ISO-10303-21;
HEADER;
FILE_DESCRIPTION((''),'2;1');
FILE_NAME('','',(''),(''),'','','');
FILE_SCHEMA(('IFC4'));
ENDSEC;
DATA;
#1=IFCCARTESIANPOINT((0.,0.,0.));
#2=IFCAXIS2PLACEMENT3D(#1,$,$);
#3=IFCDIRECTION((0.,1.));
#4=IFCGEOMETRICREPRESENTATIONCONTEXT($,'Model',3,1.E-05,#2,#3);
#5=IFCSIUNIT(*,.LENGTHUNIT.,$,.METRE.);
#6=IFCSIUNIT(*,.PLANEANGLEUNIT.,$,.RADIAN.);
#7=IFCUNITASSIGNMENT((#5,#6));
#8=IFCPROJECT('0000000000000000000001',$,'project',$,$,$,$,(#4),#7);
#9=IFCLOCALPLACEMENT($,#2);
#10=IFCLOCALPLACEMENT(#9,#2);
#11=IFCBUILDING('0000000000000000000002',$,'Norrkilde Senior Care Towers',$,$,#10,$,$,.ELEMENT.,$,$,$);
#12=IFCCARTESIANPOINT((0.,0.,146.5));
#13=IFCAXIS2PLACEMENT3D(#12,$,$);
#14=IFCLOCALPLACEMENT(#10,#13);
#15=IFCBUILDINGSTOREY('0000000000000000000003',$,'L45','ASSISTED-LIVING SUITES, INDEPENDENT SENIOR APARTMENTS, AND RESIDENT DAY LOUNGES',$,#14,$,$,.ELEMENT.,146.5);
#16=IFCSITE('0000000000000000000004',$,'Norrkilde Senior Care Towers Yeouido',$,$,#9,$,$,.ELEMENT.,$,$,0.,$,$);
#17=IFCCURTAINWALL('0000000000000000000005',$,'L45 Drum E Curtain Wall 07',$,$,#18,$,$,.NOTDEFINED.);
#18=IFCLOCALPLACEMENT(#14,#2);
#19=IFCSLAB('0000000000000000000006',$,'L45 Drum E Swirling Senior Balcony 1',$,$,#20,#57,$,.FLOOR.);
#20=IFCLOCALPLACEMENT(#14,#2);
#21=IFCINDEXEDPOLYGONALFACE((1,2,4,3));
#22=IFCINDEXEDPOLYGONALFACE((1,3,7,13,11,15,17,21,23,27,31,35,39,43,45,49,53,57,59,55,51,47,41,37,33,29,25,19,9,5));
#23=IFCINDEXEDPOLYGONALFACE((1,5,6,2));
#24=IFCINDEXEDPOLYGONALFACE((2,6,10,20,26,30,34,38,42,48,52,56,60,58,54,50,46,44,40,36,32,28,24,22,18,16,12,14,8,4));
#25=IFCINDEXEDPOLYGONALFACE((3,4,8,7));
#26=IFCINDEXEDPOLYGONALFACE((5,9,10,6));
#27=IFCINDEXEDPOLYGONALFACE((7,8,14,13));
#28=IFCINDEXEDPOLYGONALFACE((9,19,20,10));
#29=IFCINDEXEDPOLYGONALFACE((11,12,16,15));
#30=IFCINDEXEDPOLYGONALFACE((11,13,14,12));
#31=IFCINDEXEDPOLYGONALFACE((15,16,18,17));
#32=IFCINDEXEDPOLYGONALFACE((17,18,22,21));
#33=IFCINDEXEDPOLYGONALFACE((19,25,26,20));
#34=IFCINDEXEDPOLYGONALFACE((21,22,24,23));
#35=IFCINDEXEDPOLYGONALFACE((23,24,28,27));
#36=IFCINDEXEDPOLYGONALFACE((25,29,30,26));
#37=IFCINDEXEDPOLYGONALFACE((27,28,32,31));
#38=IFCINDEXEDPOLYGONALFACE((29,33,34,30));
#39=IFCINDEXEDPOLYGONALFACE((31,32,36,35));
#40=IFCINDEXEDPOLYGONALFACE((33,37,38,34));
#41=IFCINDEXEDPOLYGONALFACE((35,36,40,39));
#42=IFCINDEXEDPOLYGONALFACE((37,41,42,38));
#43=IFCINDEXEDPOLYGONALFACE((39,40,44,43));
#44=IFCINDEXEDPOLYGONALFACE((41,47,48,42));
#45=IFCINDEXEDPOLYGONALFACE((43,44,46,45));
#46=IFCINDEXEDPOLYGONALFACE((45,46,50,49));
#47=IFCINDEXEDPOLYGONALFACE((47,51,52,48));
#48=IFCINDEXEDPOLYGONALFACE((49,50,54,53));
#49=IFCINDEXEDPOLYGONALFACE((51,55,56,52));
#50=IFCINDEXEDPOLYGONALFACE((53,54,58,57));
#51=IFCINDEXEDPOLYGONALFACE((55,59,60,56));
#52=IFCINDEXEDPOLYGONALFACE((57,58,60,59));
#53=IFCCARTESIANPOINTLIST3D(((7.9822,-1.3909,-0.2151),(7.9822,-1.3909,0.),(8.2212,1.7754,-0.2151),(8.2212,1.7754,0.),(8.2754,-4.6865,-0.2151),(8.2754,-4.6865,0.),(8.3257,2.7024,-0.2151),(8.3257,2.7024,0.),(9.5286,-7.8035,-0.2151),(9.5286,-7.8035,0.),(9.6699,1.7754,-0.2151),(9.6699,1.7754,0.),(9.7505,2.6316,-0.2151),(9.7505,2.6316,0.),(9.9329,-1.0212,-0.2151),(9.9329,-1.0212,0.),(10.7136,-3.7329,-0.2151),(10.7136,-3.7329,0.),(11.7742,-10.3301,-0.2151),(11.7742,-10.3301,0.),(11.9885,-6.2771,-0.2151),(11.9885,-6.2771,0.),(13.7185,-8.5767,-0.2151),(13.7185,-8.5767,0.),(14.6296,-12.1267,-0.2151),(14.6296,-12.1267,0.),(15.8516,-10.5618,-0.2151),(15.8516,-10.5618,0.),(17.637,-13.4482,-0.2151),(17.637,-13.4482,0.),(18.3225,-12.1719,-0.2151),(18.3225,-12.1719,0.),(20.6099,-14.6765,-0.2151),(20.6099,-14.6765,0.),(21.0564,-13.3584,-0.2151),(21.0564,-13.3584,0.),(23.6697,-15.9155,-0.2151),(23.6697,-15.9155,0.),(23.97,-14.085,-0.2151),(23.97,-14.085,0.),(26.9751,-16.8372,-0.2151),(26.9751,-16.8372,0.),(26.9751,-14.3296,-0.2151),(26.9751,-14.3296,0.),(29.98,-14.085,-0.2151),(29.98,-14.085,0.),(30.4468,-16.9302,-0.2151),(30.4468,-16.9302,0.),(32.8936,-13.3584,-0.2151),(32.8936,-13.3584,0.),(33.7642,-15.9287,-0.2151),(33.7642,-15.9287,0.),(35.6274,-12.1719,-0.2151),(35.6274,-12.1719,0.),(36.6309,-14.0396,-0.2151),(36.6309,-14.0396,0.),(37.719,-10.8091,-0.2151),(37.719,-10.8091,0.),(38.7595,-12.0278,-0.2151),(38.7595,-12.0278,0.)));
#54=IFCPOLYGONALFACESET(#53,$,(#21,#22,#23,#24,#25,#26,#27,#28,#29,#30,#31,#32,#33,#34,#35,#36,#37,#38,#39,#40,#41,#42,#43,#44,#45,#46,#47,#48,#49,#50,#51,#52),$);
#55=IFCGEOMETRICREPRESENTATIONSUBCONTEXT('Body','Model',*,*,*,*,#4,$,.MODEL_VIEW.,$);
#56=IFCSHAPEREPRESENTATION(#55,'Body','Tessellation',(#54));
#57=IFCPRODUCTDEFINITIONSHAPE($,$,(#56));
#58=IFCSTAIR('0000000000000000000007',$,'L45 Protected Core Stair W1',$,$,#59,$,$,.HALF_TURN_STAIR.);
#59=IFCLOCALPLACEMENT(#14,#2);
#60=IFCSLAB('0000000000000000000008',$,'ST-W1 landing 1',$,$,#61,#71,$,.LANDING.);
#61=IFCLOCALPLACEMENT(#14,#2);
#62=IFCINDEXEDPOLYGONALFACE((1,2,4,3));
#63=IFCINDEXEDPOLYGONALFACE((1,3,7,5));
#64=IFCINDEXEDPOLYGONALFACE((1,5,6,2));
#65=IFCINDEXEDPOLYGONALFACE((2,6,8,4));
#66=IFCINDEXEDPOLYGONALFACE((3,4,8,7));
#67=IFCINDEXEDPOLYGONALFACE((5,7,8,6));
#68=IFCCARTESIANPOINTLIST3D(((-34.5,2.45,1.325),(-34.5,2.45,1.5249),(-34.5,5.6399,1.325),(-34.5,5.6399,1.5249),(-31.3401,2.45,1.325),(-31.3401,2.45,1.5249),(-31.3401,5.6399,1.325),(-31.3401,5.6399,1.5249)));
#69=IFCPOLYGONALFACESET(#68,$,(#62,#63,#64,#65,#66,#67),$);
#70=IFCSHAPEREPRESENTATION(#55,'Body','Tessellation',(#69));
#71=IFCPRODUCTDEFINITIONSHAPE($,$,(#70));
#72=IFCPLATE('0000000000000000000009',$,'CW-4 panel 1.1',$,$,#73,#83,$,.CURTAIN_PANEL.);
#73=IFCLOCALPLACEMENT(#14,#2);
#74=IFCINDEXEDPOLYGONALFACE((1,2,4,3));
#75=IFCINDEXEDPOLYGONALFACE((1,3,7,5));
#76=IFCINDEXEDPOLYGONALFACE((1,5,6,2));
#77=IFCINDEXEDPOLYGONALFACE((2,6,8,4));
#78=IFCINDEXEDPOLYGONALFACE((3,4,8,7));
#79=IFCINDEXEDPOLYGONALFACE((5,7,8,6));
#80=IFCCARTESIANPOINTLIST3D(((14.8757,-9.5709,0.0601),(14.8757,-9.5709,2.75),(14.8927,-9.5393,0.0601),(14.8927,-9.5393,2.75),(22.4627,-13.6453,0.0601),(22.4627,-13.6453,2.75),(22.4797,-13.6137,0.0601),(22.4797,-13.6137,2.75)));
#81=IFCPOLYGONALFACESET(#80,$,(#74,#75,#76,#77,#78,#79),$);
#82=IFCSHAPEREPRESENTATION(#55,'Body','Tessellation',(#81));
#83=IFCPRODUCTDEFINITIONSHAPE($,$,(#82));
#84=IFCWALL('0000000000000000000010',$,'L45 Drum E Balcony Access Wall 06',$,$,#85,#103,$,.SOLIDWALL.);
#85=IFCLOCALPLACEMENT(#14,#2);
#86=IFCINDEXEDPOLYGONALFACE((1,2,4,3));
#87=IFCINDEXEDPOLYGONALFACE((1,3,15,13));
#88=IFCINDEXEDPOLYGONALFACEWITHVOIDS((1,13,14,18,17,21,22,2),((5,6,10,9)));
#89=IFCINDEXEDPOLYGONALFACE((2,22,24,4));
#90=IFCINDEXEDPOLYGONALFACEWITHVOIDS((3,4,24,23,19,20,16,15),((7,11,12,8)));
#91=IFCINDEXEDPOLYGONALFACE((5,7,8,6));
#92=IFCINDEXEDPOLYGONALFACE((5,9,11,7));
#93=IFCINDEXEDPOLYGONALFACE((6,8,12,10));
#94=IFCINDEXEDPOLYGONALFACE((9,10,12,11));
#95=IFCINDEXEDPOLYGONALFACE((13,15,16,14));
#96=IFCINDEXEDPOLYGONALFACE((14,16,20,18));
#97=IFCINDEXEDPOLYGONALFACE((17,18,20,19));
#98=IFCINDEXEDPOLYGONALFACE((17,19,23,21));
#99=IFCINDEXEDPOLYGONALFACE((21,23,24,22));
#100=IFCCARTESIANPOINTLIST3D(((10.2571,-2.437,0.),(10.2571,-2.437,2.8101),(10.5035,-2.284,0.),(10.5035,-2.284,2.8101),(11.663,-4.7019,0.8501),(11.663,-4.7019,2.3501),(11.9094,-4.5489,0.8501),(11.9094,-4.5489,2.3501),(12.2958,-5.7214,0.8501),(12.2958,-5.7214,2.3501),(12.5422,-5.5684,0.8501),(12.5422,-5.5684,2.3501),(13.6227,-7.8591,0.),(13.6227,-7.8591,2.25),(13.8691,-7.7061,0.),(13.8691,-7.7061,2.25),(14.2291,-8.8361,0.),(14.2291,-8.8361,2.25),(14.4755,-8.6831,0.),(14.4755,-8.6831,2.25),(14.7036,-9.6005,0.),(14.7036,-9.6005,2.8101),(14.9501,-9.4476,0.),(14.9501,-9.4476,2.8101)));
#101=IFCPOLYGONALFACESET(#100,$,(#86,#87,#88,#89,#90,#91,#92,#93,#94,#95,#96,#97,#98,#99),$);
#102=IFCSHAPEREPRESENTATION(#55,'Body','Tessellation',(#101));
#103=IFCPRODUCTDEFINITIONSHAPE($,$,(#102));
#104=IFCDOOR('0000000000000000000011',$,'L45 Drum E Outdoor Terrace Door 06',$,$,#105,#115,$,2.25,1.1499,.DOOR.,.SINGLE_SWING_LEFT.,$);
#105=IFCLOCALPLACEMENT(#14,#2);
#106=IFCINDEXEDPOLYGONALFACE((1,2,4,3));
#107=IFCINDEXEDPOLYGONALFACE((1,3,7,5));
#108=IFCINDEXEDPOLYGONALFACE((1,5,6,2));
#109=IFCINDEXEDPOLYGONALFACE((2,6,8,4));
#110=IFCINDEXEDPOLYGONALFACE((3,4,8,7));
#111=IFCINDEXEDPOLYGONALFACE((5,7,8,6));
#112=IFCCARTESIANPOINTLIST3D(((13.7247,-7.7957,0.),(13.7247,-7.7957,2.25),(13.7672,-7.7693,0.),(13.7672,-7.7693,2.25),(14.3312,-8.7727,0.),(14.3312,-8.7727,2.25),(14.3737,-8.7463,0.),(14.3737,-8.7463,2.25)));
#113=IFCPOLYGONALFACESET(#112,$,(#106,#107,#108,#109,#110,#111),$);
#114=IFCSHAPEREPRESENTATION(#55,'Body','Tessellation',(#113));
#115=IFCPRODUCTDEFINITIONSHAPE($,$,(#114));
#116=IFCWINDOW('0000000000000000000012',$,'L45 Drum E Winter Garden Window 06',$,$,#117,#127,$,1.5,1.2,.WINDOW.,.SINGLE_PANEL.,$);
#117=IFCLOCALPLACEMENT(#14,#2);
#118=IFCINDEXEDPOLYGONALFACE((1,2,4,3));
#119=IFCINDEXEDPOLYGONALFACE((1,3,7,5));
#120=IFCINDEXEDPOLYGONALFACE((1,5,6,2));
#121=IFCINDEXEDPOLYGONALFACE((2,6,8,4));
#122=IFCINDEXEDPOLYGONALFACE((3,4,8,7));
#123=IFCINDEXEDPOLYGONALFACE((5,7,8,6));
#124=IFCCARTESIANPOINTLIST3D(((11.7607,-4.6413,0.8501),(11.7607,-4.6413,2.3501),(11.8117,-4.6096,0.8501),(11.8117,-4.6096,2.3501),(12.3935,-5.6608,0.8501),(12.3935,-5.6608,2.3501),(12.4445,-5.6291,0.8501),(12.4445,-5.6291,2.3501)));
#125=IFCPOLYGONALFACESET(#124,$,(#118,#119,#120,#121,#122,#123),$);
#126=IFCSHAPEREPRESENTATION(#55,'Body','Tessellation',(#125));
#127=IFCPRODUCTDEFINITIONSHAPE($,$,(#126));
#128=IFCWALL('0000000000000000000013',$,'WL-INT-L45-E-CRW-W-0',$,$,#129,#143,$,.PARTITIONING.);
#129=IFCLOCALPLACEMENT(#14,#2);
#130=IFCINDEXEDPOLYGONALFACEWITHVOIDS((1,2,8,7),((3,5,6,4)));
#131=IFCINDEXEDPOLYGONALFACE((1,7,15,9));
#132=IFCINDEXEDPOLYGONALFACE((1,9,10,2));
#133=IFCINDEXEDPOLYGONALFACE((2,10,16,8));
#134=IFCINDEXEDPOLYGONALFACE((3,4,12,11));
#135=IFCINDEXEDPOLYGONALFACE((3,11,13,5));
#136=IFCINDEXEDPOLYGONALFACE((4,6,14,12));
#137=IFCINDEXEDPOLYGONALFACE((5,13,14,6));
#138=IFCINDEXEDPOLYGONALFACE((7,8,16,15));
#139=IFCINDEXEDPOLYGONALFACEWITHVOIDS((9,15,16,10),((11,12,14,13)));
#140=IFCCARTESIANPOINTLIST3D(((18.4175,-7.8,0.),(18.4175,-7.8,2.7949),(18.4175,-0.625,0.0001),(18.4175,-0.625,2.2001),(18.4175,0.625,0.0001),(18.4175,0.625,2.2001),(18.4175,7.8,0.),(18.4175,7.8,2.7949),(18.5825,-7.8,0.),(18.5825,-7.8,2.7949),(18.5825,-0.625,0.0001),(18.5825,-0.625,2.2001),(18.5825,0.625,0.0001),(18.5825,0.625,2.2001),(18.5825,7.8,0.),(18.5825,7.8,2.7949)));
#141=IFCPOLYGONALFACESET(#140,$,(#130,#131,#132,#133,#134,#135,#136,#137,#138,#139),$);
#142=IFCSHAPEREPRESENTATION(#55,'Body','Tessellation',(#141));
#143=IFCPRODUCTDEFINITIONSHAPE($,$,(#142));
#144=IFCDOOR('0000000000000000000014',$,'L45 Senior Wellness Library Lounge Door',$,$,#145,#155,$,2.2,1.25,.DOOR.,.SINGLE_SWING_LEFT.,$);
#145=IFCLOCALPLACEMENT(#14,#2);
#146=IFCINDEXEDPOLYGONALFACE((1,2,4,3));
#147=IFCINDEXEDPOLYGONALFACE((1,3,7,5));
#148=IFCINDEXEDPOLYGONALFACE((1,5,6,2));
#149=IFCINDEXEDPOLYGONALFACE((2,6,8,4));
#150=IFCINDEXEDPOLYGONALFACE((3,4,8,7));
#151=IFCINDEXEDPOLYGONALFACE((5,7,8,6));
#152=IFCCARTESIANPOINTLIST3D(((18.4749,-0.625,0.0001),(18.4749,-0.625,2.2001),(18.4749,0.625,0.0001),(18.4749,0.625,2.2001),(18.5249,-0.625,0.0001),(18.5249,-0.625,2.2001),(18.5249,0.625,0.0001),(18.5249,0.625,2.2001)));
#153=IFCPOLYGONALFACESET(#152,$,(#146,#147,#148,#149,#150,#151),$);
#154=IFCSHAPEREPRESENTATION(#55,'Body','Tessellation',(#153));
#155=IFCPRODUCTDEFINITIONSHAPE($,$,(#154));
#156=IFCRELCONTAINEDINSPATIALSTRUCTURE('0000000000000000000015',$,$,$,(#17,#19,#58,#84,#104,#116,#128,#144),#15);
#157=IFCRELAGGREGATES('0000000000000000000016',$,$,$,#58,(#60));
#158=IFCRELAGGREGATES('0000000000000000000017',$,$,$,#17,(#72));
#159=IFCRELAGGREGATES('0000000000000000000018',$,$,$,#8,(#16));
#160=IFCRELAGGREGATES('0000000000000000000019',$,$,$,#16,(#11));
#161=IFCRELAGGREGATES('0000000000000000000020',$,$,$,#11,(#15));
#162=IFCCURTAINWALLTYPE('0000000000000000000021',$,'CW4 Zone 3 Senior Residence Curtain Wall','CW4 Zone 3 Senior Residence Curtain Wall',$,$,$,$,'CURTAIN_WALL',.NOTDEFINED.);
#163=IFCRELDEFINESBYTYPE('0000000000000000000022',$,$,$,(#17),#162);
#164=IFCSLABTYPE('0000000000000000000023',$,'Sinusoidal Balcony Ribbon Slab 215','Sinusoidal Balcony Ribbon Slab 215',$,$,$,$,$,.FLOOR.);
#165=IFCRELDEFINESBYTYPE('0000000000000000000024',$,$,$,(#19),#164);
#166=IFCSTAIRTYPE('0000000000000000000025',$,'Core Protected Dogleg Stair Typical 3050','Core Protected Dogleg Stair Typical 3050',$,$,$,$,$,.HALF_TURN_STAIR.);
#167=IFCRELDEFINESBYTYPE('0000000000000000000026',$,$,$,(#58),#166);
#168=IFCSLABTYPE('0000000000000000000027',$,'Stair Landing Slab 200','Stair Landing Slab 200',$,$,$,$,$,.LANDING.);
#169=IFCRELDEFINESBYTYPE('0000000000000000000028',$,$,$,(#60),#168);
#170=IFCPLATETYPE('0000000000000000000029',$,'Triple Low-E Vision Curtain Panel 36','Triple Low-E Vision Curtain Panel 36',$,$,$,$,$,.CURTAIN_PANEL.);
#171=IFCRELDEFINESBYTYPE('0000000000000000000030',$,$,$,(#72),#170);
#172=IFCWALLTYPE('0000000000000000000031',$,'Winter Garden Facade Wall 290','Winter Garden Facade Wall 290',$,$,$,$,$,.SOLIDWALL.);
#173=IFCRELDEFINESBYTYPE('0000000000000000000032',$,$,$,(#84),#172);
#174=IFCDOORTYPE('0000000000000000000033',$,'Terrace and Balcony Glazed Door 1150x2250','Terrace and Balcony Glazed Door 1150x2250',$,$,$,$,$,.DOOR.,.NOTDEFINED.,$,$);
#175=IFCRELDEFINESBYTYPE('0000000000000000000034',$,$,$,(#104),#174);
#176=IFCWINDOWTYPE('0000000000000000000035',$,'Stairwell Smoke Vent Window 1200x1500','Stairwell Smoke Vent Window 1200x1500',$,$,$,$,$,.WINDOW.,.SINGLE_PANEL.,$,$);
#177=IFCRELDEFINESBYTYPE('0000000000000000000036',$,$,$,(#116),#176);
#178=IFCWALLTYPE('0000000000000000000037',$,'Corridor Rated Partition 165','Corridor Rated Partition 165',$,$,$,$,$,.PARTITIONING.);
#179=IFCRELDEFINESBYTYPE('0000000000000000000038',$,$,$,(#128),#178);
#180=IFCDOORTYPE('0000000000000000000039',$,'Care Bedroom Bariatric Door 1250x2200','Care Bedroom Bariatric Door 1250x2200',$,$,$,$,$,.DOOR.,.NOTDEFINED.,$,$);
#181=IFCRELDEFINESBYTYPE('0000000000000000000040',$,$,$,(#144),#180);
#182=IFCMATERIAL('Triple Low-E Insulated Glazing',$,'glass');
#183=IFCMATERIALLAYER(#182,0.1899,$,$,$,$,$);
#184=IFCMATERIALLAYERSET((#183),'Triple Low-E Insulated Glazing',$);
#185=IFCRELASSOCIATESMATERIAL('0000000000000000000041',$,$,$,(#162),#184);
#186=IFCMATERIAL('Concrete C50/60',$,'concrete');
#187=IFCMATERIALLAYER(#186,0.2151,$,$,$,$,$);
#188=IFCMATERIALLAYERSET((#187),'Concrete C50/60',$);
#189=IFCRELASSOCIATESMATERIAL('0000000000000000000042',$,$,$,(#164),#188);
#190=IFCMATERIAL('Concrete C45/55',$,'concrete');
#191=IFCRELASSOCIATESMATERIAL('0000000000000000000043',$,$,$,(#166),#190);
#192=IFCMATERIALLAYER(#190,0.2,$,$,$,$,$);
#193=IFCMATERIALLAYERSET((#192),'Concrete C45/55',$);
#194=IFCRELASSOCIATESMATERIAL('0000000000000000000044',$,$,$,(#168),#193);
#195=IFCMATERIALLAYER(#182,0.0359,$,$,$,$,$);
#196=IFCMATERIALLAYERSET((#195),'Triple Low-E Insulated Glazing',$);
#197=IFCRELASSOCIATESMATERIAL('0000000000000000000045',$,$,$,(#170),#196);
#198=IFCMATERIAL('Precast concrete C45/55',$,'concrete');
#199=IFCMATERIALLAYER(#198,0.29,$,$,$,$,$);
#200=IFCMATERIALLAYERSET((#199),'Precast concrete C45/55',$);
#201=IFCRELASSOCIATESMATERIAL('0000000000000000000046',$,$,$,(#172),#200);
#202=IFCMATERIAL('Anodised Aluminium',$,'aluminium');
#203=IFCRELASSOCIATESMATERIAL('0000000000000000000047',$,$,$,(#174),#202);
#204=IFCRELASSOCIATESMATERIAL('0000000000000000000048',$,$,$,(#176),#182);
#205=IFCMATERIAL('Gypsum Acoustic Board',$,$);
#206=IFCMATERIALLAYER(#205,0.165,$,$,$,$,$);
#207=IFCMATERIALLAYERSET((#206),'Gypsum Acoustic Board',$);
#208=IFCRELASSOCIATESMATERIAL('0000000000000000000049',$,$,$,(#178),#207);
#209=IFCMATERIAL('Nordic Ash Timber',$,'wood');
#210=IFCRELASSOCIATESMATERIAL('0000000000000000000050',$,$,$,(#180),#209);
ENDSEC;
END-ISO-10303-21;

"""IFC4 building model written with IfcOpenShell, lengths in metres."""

from ifc_helpers import new_model, si_unit, direction, frame, frame_2d, origin, origin_2d, place, context, subcontext, project, spatial, polyline, rectangle, outline, extrude, source, transform, mapped, material, layer, layer_set, type_object, type_shapes, element, fill, aggregate, save


model = new_model("IFC4")

# Units and contexts
model_context = context("Model", 3, precision=1e-05, world=origin(), true_north=direction((0.0, 1.0)))
body_context = subcontext(model_context, "Body", "Model", "MODEL_VIEW")
ifc_project = project(units=[si_unit("LENGTHUNIT", "METRE"), si_unit("PLANEANGLEUNIT", "RADIAN")], contexts=[model_context])

# Site, building, storey
site_placement = place(None, origin())
site = spatial("IfcSite", under=ifc_project, at=site_placement, Name="Norrkilde Senior Care Towers Yeouido", CompositionType="ELEMENT", RefElevation=0.0)
building_placement = place(site_placement, origin())
building = spatial("IfcBuilding", under=site, at=building_placement, Name="Norrkilde Senior Care Towers", CompositionType="ELEMENT")
storey_placement = place(building_placement, frame((0.0, 0.0, 146.5)))
storey = spatial("IfcBuildingStorey", under=building, at=storey_placement, Name="L45", Description="ASSISTED-LIVING SUITES, INDEPENDENT SENIOR APARTMENTS, AND RESIDENT DAY LOUNGES", CompositionType="ELEMENT", Elevation=146.5)

# Shared definitions
ifc_material_1 = material(Name="Concrete C50/60", Category="concrete")

# Curtain wall
ifc_material_2 = material(Name="Triple Low-E Insulated Glazing", Category="glass")
ifc_layer_1 = layer(ifc_material_2, 0.1899)
ifc_layer_set_1 = layer_set([ifc_layer_1], Name="Triple Low-E Insulated Glazing")
curtain_wall_type = type_object("IfcCurtainWallType", Name="CW4 Zone 3 Senior Residence Curtain Wall", Description="CW4 Zone 3 Senior Residence Curtain Wall", ElementType="CURTAIN_WALL", PredefinedType="NOTDEFINED", material=ifc_layer_set_1)
ifc_material_3 = material(Name="Anodised Aluminium", Category="aluminium")
curtain_wall_1_placement = place(storey_placement, origin())
curtain_wall_1 = element("IfcCurtainWall", 1, at=curtain_wall_1_placement, inside=storey, type_object=curtain_wall_type, Name="L45 Drum E Curtain Wall 07", PredefinedType="NOTDEFINED")

# Slab
ifc_layer_2 = layer(ifc_material_1, 0.2151)
ifc_layer_set_2 = layer_set([ifc_layer_2], Name="Concrete C50/60")
slab_type_1 = type_object("IfcSlabType", Name="Sinusoidal Balcony Ribbon Slab 215", Description="Sinusoidal Balcony Ribbon Slab 215", PredefinedType="FLOOR", material=ifc_layer_set_2)
slab_1_placement = place(storey_placement, frame((0.0, 0.0, -0.2151)))
element("IfcSlab", 2, at=slab_1_placement, inside=storey, type_object=slab_type_1, Name="L45 Drum E Swirling Senior Balcony 1", PredefinedType="FLOOR", context=body_context, shape_type="SweptSolid", body=[
    extrude(outline(polyline([(33.7642, -15.9287), (30.4468, -16.9302), (26.9751, -16.8372), (23.6697, -15.9155), (20.6099, -14.6765), (17.637, -13.4482), (14.6296, -12.1267), (11.7742, -10.3301), (9.5286, -7.8035), (8.2754, -4.6865), (7.9822, -1.3909), (8.2212, 1.7754), (8.3257, 2.7024), (9.7505, 2.6316), (9.6699, 1.7754), (9.9329, -1.0212), (10.7136, -3.7329), (11.9885, -6.2771), (13.7185, -8.5767), (15.8516, -10.5618), (18.3225, -12.1719), (21.0564, -13.3584), (23.97, -14.085), (26.9751, -14.3296), (29.98, -14.085), (32.8936, -13.3584), (35.6274, -12.1719), (37.719, -10.8091), (38.7595, -12.0278), (36.6309, -14.0396), (33.7642, -15.9287)])), origin(), (0.0, 0.0, 1.0), 0.2151),
])

# Stair, slab
ifc_material_4 = material(Name="Concrete C45/55", Category="concrete")
stair_type = type_object("IfcStairType", Name="Core Protected Dogleg Stair Typical 3050", Description="Core Protected Dogleg Stair Typical 3050", PredefinedType="HALF_TURN_STAIR", material=ifc_material_4)
stair_placement = place(storey_placement, origin())
stair = element("IfcStair", 3, at=stair_placement, inside=storey, type_object=stair_type, Name="L45 Protected Core Stair W1", PredefinedType="HALF_TURN_STAIR")
ifc_layer_3 = layer(ifc_material_4, 0.2)
ifc_layer_set_3 = layer_set([ifc_layer_3], Name="Concrete C45/55")
slab_type_2 = type_object("IfcSlabType", Name="Stair Landing Slab 200", Description="Stair Landing Slab 200", PredefinedType="LANDING", material=ifc_layer_set_3)
slab_2_placement = place(storey_placement, frame((0.0, 0.0, 1.325)))
slab_2 = element("IfcSlab", 4, at=slab_2_placement, type_object=slab_type_2, Name="ST-W1 landing 1", PredefinedType="LANDING", context=body_context, shape_type="SweptSolid", body=[
    extrude(outline(polyline([(-31.3401, 5.6399), (-34.5, 5.6399), (-34.5, 2.45), (-31.3401, 2.45), (-31.3401, 5.6399)])), origin(), (0.0, 0.0, 1.0), 0.2),
])
aggregate(stair, [slab_2])

# Plate
ifc_layer_4 = layer(ifc_material_2, 0.0359)
ifc_layer_set_4 = layer_set([ifc_layer_4], Name="Triple Low-E Insulated Glazing")
plate_type = type_object("IfcPlateType", Name="Triple Low-E Vision Curtain Panel 36", Description="Triple Low-E Vision Curtain Panel 36", PredefinedType="CURTAIN_PANEL", material=ifc_layer_set_4)
shared_shape_1 = source(origin(), body_context, "Body", "SweptSolid", [
    extrude(rectangle(XDim=8.6118, YDim=0.0359, at=origin_2d()), origin(), (0.0, 0.0, 1.0), 2.6899),
])
type_shapes(plate_type, [shared_shape_1])
plate_placement = place(storey_placement, frame((18.6777, -11.5923, 0.0601), z_axis=(0.0, 0.0, 1.0), x_axis=(-0.881, 0.473117, 0.0)))
plate = element("IfcPlate", 5, at=plate_placement, type_object=plate_type, Name="CW-4 panel 1.1", PredefinedType="CURTAIN_PANEL", context=body_context, shape_type="MappedRepresentation", body=[
    mapped(shared_shape_1, transform((0.0, 0.0, 0.0), x_axis=(1.0, 0.0, 0.0), y_axis=(0.0, 1.0, 0.0), z_axis=(0.0, 0.0, 1.0), scale=1.0)),
])
aggregate(curtain_wall_1, [plate])

# Wall, openings, door, window
ifc_material_5 = material(Name="Precast concrete C45/55", Category="concrete")
ifc_layer_5 = layer(ifc_material_5, 0.29)
ifc_layer_set_5 = layer_set([ifc_layer_5], Name="Precast concrete C45/55")
wall_type_1 = type_object("IfcWallType", Name="Winter Garden Facade Wall 290", Description="Winter Garden Facade Wall 290", PredefinedType="SOLIDWALL", material=ifc_layer_set_5)
shared_shape_2 = source(origin(), body_context, "Body", "SweptSolid", [
    extrude(rectangle(XDim=8.4314, YDim=0.29, at=frame_2d((4.2158, 0.0))), origin(), (0.0, 0.0, 1.0), 2.8101),
])
type_shapes(wall_type_1, [shared_shape_2])
wall_1_placement = place(storey_placement, frame((14.8269, -9.5242, 0.0), z_axis=(0.0, 0.0, 1.0), x_axis=(-0.527378, 0.849631, 0.0)))
wall_1 = element("IfcWall", 6, at=wall_1_placement, inside=storey, type_object=wall_type_1, Name="L45 Drum E Balcony Access Wall 06", PredefinedType="SOLIDWALL", context=body_context, shape_type="MappedRepresentation", body=[
    mapped(shared_shape_2, transform((0.0, 0.0, 0.0), x_axis=(1.0, 0.0, 0.0), y_axis=(0.0, 1.0, 0.0), z_axis=(0.0, 0.0, 1.0), scale=1.0)),
])
opening_1_placement = place(wall_1_placement, frame((0.8999, 0.0, 0.0)))
opening_1 = element("IfcOpeningElement", 7, at=opening_1_placement, cuts=wall_1, PredefinedType="OPENING", context=body_context, shape_type="SweptSolid", body=[
    extrude(rectangle(XDim=1.1499, YDim=2.25, at=frame_2d((0.575, 1.125))), frame((0.0, 0.155, 0.0), z_axis=(0.0, -1.0, 0.0), x_axis=(1.0, 0.0, 0.0)), (0.0, 0.0, 1.0), 0.3101),
])
opening_2_placement = place(wall_1_placement, frame((4.5657, 0.0, 0.8501)))
opening_2 = element("IfcOpeningElement", 8, at=opening_2_placement, cuts=wall_1, PredefinedType="OPENING", context=body_context, shape_type="SweptSolid", body=[
    extrude(rectangle(XDim=1.2, YDim=1.5, at=frame_2d((0.6001, 0.75))), frame((0.0, 0.155, 0.0), z_axis=(0.0, -1.0, 0.0), x_axis=(1.0, 0.0, 0.0)), (0.0, 0.0, 1.0), 0.3101),
])
door_type_1 = type_object("IfcDoorType", Name="Terrace and Balcony Glazed Door 1150x2250", Description="Terrace and Balcony Glazed Door 1150x2250", OperationType="NOTDEFINED", PredefinedType="DOOR", material=ifc_material_3)
shared_shape_3 = source(origin(), body_context, "Body", "SweptSolid", [
    extrude(rectangle(XDim=1.1499, YDim=2.25, at=frame_2d((0.575, 1.125))), frame((0.0, 0.0249, 0.0), z_axis=(0.0, -1.0, 0.0), x_axis=(1.0, 0.0, 0.0)), (0.0, 0.0, 1.0), 0.05),
])
type_shapes(door_type_1, [shared_shape_3])
door_1_placement = place(opening_1_placement, origin())
door_1 = element("IfcDoor", 9, at=door_1_placement, inside=storey, type_object=door_type_1, Name="L45 Drum E Outdoor Terrace Door 06", OperationType="SINGLE_SWING_LEFT", OverallHeight=2.25, OverallWidth=1.1499, PredefinedType="DOOR", context=body_context, shape_type="MappedRepresentation", body=[
    mapped(shared_shape_3, transform((0.0, 0.0, 0.0), x_axis=(1.0, 0.0, 0.0), y_axis=(0.0, 1.0, 0.0), z_axis=(0.0, 0.0, 1.0), scale=1.0)),
])
fill(opening_1, door_1)
window_type = type_object("IfcWindowType", Name="Stairwell Smoke Vent Window 1200x1500", Description="Stairwell Smoke Vent Window 1200x1500", PartitioningType="SINGLE_PANEL", PredefinedType="WINDOW", material=ifc_material_2)
shared_shape_4 = source(origin(), body_context, "Body", "SweptSolid", [
    extrude(rectangle(XDim=1.2, YDim=1.5, at=frame_2d((0.6001, 0.75))), frame((0.0, 0.03, 0.0), z_axis=(0.0, -1.0, 0.0), x_axis=(1.0, 0.0, 0.0)), (0.0, 0.0, 1.0), 0.0601),
])
type_shapes(window_type, [shared_shape_4])
window_placement = place(opening_2_placement, origin())
window = element("IfcWindow", 10, at=window_placement, inside=storey, type_object=window_type, Name="L45 Drum E Winter Garden Window 06", OverallHeight=1.5, OverallWidth=1.2, PartitioningType="SINGLE_PANEL", PredefinedType="WINDOW", context=body_context, shape_type="MappedRepresentation", body=[
    mapped(shared_shape_4, transform((0.0, 0.0, 0.0), x_axis=(1.0, 0.0, 0.0), y_axis=(0.0, 1.0, 0.0), z_axis=(0.0, 0.0, 1.0), scale=1.0)),
])
fill(opening_2, window)

# Wall, opening, door
ifc_material_6 = material(Name="Gypsum Acoustic Board")
ifc_layer_6 = layer(ifc_material_6, 0.165)
ifc_layer_set_6 = layer_set([ifc_layer_6], Name="Gypsum Acoustic Board")
wall_type_2 = type_object("IfcWallType", Name="Corridor Rated Partition 165", Description="Corridor Rated Partition 165", PredefinedType="PARTITIONING", material=ifc_layer_set_6)
shared_shape_5 = source(origin(), body_context, "Body", "SweptSolid", [
    extrude(rectangle(XDim=15.6001, YDim=0.165, at=frame_2d((7.8, 0.0))), origin(), (0.0, 0.0, 1.0), 2.7949),
])
type_shapes(wall_type_2, [shared_shape_5])
wall_2_placement = place(storey_placement, frame((18.5, -7.8, 0.0), z_axis=(0.0, 0.0, 1.0), x_axis=(0.0, 1.0, 0.0)))
wall_2 = element("IfcWall", 11, at=wall_2_placement, inside=storey, type_object=wall_type_2, Name="WL-INT-L45-E-CRW-W-0", PredefinedType="PARTITIONING", context=body_context, shape_type="MappedRepresentation", body=[
    mapped(shared_shape_5, transform((0.0, 0.0, 0.0), x_axis=(1.0, 0.0, 0.0), y_axis=(0.0, 1.0, 0.0), z_axis=(0.0, 0.0, 1.0), scale=1.0)),
])
opening_3_placement = place(wall_2_placement, frame((7.175, 0.0, 0.0)))
opening_3 = element("IfcOpeningElement", 12, at=opening_3_placement, cuts=wall_2, PredefinedType="OPENING", context=body_context, shape_type="SweptSolid", body=[
    extrude(rectangle(XDim=1.25, YDim=2.2, at=frame_2d((0.625, 1.1001))), frame((0.0, 0.0925, 0.0), z_axis=(0.0, -1.0, 0.0), x_axis=(1.0, 0.0, 0.0)), (0.0, 0.0, 1.0), 0.1851),
])
ifc_material_7 = material(Name="Nordic Ash Timber", Category="wood")
door_type_2 = type_object("IfcDoorType", Name="Care Bedroom Bariatric Door 1250x2200", Description="Care Bedroom Bariatric Door 1250x2200", OperationType="NOTDEFINED", PredefinedType="DOOR", material=ifc_material_7)
shared_shape_6 = source(origin(), body_context, "Body", "SweptSolid", [
    extrude(rectangle(XDim=1.25, YDim=2.2, at=frame_2d((0.625, 1.1001))), frame((0.0, 0.0249, 0.0), z_axis=(0.0, -1.0, 0.0), x_axis=(1.0, 0.0, 0.0)), (0.0, 0.0, 1.0), 0.05),
])
type_shapes(door_type_2, [shared_shape_6])
door_2_placement = place(opening_3_placement, frame((1.25, 0.0, 0.0), z_axis=(0.0, 0.0, 1.0), x_axis=(-1.0, 0.0, 0.0)))
door_2 = element("IfcDoor", 13, at=door_2_placement, inside=storey, type_object=door_type_2, Name="L45 Senior Wellness Library Lounge Door", OperationType="SINGLE_SWING_LEFT", OverallHeight=2.2, OverallWidth=1.25, PredefinedType="DOOR", context=body_context, shape_type="MappedRepresentation", body=[
    mapped(shared_shape_6, transform((0.0, 0.0, 0.0), x_axis=(1.0, 0.0, 0.0), y_axis=(0.0, 1.0, 0.0), z_axis=(0.0, 0.0, 1.0), scale=1.0)),
])
fill(opening_3, door_2)

save(model, "model.ifc")
